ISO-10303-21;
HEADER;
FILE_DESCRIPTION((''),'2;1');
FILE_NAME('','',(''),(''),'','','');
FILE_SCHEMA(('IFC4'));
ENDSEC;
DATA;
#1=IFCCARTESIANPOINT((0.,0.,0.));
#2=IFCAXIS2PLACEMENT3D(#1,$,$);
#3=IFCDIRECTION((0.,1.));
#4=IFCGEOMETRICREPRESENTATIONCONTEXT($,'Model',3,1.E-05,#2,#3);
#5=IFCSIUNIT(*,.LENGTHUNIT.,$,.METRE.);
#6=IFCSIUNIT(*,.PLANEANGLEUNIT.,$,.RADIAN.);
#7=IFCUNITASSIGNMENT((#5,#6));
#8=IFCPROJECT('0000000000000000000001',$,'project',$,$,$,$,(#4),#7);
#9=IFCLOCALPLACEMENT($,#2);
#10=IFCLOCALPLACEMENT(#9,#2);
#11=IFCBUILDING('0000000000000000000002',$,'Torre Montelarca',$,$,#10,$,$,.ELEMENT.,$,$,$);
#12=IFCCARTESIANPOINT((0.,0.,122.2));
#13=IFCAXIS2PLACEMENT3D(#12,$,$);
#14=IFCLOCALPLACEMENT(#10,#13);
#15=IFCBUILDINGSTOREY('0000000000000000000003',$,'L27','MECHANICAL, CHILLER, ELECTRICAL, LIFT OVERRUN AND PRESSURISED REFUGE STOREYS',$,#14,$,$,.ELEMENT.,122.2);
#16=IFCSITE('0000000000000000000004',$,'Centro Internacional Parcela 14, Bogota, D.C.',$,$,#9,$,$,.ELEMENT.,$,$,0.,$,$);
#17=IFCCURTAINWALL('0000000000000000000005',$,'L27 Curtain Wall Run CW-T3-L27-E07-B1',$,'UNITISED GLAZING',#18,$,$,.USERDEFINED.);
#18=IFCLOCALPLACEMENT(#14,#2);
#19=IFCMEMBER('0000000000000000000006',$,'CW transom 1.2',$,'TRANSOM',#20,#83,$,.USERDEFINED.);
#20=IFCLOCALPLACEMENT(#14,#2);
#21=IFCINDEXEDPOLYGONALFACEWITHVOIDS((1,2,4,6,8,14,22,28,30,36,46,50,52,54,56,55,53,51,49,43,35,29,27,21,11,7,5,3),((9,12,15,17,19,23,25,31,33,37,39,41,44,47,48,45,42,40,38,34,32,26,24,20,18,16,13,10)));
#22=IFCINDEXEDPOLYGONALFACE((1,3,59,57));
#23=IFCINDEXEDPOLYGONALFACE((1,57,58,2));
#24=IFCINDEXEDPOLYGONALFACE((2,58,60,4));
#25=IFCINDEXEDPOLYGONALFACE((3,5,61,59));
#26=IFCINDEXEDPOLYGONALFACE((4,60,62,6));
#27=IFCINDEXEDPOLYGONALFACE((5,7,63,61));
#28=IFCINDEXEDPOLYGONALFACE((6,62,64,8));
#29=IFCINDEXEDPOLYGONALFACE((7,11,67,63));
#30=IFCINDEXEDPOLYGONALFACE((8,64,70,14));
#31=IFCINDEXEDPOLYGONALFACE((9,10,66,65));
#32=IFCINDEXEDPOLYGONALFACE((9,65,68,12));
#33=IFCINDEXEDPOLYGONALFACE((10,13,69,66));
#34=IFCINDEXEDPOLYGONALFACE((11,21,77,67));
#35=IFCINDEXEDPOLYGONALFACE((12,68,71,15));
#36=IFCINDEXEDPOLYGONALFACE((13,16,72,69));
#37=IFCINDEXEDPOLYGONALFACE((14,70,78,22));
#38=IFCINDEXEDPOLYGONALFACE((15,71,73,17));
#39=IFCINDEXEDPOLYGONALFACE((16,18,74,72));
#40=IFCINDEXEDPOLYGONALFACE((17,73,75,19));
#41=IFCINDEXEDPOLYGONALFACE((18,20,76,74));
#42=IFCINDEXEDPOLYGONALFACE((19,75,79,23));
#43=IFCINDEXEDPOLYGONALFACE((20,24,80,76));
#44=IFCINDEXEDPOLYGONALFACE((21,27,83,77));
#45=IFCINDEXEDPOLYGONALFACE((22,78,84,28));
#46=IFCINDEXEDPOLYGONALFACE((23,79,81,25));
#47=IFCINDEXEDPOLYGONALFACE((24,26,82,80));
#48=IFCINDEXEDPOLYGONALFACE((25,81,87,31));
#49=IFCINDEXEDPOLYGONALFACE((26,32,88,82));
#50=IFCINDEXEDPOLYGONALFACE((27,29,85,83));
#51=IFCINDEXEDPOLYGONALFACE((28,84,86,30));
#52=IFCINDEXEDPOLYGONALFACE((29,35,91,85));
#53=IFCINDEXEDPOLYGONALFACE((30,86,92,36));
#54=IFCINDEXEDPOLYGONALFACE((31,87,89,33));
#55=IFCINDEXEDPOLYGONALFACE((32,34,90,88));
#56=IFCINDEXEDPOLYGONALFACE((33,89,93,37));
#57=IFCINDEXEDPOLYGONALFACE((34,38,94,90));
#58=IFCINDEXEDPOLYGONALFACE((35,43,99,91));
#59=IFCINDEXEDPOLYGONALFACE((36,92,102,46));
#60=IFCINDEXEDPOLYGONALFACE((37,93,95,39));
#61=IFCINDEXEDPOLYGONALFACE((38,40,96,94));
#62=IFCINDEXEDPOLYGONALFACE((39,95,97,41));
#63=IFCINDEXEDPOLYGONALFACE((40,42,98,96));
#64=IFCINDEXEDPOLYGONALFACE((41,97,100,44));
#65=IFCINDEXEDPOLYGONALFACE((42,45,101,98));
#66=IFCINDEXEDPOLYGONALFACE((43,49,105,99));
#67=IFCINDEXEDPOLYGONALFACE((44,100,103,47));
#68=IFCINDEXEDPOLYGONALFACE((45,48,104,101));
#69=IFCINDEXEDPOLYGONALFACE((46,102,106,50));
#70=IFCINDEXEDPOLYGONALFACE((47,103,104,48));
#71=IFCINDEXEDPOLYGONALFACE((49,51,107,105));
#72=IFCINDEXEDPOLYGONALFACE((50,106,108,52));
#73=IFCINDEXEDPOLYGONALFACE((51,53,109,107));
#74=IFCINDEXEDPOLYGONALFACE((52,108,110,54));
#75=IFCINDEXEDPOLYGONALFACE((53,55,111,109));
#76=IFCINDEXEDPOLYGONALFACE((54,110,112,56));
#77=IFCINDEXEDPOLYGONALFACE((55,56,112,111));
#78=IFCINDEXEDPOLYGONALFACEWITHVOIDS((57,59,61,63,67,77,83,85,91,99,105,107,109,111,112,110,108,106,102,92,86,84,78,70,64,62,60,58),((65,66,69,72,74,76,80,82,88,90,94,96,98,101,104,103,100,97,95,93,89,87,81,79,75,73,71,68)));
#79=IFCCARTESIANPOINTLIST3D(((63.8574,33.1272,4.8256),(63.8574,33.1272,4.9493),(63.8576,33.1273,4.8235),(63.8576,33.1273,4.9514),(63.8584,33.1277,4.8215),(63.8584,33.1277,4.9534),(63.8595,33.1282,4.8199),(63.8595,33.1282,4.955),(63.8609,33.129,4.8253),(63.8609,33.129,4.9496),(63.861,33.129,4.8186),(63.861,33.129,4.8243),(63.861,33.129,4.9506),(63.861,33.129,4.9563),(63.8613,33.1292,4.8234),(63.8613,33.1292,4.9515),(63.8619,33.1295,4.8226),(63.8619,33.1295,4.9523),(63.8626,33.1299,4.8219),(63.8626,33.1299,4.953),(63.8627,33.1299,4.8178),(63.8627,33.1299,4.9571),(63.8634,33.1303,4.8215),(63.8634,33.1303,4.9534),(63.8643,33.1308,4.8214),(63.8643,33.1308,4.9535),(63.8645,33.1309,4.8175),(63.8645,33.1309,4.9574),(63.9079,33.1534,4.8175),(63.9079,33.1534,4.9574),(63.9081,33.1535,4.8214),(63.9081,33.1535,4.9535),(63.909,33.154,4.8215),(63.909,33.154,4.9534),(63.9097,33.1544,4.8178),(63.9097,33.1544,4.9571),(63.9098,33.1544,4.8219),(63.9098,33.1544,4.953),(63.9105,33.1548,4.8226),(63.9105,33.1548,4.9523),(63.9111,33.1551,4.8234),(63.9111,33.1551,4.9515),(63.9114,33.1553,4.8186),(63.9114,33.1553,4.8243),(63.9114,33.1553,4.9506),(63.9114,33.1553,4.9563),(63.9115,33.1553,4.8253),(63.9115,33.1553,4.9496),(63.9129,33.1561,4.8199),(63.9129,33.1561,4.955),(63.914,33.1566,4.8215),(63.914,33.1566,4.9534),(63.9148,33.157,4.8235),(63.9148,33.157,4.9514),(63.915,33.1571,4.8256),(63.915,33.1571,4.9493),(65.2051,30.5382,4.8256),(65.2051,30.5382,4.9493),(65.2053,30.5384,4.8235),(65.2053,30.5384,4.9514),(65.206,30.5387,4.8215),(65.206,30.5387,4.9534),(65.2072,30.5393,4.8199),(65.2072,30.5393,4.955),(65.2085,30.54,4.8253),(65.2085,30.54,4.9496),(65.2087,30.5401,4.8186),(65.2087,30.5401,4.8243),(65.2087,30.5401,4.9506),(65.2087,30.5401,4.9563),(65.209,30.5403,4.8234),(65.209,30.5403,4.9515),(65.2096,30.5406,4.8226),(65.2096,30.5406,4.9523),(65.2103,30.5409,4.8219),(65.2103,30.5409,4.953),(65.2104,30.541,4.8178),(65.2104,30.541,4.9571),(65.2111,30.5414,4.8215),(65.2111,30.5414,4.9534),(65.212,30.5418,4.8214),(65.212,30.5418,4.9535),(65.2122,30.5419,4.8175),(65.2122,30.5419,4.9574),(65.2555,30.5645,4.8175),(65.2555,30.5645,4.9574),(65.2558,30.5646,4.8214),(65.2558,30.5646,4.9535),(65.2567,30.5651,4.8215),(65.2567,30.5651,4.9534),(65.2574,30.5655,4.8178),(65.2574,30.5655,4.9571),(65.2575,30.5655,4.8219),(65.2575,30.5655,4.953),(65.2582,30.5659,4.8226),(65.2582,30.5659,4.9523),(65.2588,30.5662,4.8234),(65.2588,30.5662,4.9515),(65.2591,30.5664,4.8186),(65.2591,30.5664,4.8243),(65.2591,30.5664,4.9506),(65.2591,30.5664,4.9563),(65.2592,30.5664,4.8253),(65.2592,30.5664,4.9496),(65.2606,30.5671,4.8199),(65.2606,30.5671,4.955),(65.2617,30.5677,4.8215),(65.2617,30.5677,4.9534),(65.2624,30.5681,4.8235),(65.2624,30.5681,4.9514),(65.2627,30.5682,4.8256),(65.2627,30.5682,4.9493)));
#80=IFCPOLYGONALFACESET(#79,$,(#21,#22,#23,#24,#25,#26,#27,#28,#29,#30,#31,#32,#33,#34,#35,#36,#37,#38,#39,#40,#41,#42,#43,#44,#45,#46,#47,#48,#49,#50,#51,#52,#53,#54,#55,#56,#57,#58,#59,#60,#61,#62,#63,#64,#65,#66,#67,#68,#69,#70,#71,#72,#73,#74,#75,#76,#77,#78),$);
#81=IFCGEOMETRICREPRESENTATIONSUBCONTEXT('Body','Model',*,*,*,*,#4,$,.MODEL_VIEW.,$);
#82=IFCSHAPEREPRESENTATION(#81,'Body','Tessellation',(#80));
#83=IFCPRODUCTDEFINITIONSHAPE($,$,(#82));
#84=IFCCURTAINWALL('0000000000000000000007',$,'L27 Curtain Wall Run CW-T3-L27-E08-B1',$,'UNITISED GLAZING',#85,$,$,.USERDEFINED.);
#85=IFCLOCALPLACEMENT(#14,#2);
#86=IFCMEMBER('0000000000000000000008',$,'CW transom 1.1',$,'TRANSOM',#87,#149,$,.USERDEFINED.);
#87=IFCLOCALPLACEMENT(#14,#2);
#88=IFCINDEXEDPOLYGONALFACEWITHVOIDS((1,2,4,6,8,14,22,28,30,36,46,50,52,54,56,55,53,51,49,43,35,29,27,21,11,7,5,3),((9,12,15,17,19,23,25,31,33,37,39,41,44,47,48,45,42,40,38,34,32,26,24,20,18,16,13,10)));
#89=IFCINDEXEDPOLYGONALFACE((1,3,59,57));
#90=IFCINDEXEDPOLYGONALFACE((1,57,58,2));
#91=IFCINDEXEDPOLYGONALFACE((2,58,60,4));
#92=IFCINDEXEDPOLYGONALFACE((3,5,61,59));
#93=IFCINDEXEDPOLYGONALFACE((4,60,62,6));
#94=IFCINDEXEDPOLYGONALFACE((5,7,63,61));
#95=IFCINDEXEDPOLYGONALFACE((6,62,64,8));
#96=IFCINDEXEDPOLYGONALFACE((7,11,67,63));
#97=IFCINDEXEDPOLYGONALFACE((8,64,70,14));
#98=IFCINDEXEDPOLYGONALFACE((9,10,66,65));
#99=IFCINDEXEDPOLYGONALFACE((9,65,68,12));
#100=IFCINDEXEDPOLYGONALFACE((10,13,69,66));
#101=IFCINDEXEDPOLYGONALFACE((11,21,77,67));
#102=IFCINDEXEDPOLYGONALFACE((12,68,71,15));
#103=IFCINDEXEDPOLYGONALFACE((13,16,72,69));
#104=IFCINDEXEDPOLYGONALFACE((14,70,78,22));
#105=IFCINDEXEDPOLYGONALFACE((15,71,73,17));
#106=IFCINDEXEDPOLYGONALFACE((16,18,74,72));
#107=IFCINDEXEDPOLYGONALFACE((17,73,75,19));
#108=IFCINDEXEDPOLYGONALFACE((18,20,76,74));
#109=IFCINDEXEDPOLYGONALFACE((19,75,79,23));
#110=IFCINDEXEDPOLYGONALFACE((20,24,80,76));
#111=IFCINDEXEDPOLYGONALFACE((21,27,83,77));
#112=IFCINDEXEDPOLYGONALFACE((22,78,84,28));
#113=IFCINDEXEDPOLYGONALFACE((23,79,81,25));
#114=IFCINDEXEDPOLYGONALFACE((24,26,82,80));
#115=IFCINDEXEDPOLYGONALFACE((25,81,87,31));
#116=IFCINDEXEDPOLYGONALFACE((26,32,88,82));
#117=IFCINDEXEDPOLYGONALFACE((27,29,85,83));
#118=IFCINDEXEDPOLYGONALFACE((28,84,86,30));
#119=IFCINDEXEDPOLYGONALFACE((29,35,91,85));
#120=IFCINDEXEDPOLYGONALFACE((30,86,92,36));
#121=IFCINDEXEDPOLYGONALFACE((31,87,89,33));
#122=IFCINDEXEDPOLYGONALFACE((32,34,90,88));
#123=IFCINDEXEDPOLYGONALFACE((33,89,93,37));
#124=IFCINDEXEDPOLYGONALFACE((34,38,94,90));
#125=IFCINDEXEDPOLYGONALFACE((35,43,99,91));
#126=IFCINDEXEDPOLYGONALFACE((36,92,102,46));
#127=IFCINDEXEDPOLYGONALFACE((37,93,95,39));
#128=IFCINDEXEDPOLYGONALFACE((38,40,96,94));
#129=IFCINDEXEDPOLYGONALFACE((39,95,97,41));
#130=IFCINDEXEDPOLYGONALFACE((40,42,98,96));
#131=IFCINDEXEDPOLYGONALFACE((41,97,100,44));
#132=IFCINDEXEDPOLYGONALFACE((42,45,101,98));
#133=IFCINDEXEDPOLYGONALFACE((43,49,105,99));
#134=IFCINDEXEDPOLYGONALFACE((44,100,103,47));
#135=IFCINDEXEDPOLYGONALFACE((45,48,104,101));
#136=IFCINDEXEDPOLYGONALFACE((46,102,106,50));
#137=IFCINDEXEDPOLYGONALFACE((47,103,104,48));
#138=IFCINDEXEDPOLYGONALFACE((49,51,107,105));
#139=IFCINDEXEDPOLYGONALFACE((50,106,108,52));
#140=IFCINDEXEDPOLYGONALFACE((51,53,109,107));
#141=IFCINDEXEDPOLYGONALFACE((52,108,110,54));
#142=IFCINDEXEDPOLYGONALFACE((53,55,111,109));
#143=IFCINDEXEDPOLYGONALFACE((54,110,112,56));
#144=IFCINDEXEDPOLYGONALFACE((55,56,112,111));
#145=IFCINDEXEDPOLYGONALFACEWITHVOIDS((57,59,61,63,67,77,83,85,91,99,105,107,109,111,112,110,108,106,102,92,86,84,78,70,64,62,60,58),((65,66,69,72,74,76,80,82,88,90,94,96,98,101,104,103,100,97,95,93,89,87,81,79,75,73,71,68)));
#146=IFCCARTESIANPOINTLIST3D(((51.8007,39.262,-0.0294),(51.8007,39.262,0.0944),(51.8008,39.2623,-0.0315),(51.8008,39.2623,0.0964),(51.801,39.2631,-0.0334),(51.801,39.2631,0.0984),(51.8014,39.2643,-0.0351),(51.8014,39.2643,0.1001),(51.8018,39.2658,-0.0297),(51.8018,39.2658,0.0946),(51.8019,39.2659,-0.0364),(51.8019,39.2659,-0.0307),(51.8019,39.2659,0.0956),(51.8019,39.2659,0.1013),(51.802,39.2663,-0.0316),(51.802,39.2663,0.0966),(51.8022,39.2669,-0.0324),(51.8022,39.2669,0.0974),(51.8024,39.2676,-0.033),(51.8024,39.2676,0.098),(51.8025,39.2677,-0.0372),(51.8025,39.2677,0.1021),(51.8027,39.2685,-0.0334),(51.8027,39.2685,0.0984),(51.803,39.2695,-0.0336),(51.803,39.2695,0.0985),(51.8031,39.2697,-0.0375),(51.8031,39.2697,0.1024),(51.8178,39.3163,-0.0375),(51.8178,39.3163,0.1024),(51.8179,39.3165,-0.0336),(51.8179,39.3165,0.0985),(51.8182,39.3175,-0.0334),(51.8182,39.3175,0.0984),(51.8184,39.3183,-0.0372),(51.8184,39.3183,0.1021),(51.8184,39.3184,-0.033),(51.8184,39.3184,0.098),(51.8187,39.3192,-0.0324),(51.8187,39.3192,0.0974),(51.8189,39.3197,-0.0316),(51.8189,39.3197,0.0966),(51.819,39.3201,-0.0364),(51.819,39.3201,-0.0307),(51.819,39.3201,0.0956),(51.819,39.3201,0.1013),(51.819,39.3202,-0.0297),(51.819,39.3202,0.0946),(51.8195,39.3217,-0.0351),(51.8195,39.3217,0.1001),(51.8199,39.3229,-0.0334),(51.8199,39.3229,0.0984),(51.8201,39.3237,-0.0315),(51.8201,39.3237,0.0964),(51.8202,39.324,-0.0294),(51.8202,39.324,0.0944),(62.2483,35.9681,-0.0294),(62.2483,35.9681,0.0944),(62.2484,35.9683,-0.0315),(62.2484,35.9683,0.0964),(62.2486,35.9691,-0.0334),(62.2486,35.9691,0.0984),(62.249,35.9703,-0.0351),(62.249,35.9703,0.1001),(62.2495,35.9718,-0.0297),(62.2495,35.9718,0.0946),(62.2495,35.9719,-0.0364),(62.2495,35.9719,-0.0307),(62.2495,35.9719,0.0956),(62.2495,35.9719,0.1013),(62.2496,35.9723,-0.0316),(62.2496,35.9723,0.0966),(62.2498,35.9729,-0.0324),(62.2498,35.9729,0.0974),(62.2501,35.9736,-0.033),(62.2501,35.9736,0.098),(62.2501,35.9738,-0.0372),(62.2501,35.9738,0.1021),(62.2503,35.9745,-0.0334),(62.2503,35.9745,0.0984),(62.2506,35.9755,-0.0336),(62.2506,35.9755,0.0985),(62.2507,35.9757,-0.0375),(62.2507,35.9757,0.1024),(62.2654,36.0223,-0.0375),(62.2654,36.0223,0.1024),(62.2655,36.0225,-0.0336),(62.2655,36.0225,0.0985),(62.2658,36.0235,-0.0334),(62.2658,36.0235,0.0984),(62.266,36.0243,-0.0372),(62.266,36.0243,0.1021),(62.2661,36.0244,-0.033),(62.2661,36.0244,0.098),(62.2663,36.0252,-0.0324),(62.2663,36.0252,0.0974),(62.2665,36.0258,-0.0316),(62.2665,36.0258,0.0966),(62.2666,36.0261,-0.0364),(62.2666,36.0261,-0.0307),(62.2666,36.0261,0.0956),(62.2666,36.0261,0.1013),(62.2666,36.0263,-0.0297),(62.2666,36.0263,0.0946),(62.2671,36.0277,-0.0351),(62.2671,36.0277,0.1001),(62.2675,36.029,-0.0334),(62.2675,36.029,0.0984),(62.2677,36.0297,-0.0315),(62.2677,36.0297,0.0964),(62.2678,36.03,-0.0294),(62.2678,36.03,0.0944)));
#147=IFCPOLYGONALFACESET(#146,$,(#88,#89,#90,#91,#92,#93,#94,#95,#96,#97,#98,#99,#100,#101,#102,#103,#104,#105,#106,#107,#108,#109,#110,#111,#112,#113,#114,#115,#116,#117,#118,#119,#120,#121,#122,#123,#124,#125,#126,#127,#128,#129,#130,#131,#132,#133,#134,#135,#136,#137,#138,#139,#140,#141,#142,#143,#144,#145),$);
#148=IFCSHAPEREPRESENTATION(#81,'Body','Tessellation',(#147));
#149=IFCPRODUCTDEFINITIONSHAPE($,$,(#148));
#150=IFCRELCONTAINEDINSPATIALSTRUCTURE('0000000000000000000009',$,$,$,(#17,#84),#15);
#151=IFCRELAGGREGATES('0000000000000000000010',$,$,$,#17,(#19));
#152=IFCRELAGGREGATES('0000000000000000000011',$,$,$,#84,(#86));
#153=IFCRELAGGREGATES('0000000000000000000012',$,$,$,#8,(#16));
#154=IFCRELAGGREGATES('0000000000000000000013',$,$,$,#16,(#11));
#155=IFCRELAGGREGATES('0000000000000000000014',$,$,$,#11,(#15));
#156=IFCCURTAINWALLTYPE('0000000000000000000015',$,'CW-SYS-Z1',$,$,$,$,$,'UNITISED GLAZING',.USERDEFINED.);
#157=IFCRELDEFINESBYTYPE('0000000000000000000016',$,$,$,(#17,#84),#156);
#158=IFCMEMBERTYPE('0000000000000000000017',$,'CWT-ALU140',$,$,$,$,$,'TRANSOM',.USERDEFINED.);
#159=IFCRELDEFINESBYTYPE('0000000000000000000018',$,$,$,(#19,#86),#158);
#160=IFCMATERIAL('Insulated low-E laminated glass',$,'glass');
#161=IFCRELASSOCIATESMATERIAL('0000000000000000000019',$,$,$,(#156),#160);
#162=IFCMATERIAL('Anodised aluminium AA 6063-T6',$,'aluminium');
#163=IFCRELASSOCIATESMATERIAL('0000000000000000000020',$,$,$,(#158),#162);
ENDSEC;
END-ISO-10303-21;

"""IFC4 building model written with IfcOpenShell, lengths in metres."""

from ifc_helpers import new_model, si_unit, direction, frame, origin, origin_2d, place, context, subcontext, project, spatial, hollow_rectangle, extrude, source, transform, mapped, material, material_profile, profile_set, type_object, element, aggregate, save


model = new_model("IFC4")

# Units and contexts
model_context = context("Model", 3, precision=1e-05, world=origin(), true_north=direction((0.0, 1.0)))
body_context = subcontext(model_context, "Body", "Model", "MODEL_VIEW")
ifc_project = project(units=[si_unit("LENGTHUNIT", "METRE"), si_unit("PLANEANGLEUNIT", "RADIAN")], contexts=[model_context])

# Site, building, storey
site_placement = place(None, origin())
site = spatial("IfcSite", under=ifc_project, at=site_placement, Name="Centro Internacional Parcela 14, Bogota, D.C.", CompositionType="ELEMENT", RefElevation=0.0)
building_placement = place(site_placement, origin())
building = spatial("IfcBuilding", under=site, at=building_placement, Name="Torre Montelarca", CompositionType="ELEMENT")
storey_placement = place(building_placement, frame((0.0, 0.0, 122.2)))
storey = spatial("IfcBuildingStorey", under=building, at=storey_placement, Name="L27", Description="MECHANICAL, CHILLER, ELECTRICAL, LIFT OVERRUN AND PRESSURISED REFUGE STOREYS", CompositionType="ELEMENT", Elevation=122.2)

# Curtain walls, members
ifc_material_1 = material(Name="Insulated low-E laminated glass", Category="glass")
curtain_wall_type = type_object("IfcCurtainWallType", Name="CW-SYS-Z1", ElementType="UNITISED GLAZING", PredefinedType="USERDEFINED", material=ifc_material_1)
curtain_wall_1_placement = place(storey_placement, origin())
curtain_wall_1 = element("IfcCurtainWall", 1, at=curtain_wall_1_placement, inside=storey, type_object=curtain_wall_type, Name="L27 Curtain Wall Run CW-T3-L27-E07-B1", ObjectType="UNITISED GLAZING", PredefinedType="USERDEFINED")
ifc_material_2 = material(Name="Anodised aluminium AA 6063-T6", Category="aluminium")
ifc_material_profile_1 = material_profile(ifc_material_2, hollow_rectangle(XDim=0.0649, YDim=0.1399, WallThickness=0.0039, InnerFilletRadius=0.0039, OuterFilletRadius=0.0081, at=origin_2d()), Name="ALU65X140X4", Category="aluminium")
ifc_profile_set_1 = profile_set([ifc_material_profile_1], Name="Anodised aluminium AA 6063-T6")
member_type_1 = type_object("IfcMemberType", Name="CWT-ALU140", ElementType="TRANSOM", PredefinedType="USERDEFINED", material=ifc_profile_set_1)
shared_shape_1 = source(origin(), body_context, "Body", "SweptSolid", [
    extrude(hollow_rectangle(XDim=0.0649, YDim=0.1399, WallThickness=0.0039, InnerFilletRadius=0.0039, OuterFilletRadius=0.0081, at=origin_2d()), origin(), (0.0, 0.0, 1.0), 2.9187),
])
member_1_placement = place(storey_placement, frame((65.2339, 30.5532, 4.8875), z_axis=(-0.461742, 0.887014, 0.0), x_axis=(-0.887014, -0.461742, 0.0)))
member_1 = element("IfcMember", 2, at=member_1_placement, type_object=member_type_1, Name="CW transom 1.2", ObjectType="TRANSOM", PredefinedType="USERDEFINED", context=body_context, shape_type="MappedRepresentation", body=[
    mapped(shared_shape_1, transform((0.0, 0.0, 0.0), scale=1.0)),
])
curtain_wall_2_placement = place(storey_placement, origin())
curtain_wall_2 = element("IfcCurtainWall", 3, at=curtain_wall_2_placement, inside=storey, type_object=curtain_wall_type, Name="L27 Curtain Wall Run CW-T3-L27-E08-B1", ObjectType="UNITISED GLAZING", PredefinedType="USERDEFINED")
shared_shape_2 = source(origin(), body_context, "Body", "SweptSolid", [
    extrude(hollow_rectangle(XDim=0.0649, YDim=0.1399, WallThickness=0.0039, InnerFilletRadius=0.0039, OuterFilletRadius=0.0081, at=origin_2d()), origin(), (0.0, 0.0, 1.0), 10.9546),
])
member_2_placement = place(storey_placement, frame((62.2581, 35.999, 0.0325), z_axis=(-0.953721, 0.300694, 0.0), x_axis=(-0.300694, -0.953721, 0.0)))
member_2 = element("IfcMember", 4, at=member_2_placement, type_object=member_type_1, Name="CW transom 1.1", ObjectType="TRANSOM", PredefinedType="USERDEFINED", context=body_context, shape_type="MappedRepresentation", body=[
    mapped(shared_shape_2, transform((0.0, 0.0, 0.0), scale=1.0)),
])

aggregate(curtain_wall_1, [member_1])
aggregate(curtain_wall_2, [member_2])

save(model, "model.ifc")
